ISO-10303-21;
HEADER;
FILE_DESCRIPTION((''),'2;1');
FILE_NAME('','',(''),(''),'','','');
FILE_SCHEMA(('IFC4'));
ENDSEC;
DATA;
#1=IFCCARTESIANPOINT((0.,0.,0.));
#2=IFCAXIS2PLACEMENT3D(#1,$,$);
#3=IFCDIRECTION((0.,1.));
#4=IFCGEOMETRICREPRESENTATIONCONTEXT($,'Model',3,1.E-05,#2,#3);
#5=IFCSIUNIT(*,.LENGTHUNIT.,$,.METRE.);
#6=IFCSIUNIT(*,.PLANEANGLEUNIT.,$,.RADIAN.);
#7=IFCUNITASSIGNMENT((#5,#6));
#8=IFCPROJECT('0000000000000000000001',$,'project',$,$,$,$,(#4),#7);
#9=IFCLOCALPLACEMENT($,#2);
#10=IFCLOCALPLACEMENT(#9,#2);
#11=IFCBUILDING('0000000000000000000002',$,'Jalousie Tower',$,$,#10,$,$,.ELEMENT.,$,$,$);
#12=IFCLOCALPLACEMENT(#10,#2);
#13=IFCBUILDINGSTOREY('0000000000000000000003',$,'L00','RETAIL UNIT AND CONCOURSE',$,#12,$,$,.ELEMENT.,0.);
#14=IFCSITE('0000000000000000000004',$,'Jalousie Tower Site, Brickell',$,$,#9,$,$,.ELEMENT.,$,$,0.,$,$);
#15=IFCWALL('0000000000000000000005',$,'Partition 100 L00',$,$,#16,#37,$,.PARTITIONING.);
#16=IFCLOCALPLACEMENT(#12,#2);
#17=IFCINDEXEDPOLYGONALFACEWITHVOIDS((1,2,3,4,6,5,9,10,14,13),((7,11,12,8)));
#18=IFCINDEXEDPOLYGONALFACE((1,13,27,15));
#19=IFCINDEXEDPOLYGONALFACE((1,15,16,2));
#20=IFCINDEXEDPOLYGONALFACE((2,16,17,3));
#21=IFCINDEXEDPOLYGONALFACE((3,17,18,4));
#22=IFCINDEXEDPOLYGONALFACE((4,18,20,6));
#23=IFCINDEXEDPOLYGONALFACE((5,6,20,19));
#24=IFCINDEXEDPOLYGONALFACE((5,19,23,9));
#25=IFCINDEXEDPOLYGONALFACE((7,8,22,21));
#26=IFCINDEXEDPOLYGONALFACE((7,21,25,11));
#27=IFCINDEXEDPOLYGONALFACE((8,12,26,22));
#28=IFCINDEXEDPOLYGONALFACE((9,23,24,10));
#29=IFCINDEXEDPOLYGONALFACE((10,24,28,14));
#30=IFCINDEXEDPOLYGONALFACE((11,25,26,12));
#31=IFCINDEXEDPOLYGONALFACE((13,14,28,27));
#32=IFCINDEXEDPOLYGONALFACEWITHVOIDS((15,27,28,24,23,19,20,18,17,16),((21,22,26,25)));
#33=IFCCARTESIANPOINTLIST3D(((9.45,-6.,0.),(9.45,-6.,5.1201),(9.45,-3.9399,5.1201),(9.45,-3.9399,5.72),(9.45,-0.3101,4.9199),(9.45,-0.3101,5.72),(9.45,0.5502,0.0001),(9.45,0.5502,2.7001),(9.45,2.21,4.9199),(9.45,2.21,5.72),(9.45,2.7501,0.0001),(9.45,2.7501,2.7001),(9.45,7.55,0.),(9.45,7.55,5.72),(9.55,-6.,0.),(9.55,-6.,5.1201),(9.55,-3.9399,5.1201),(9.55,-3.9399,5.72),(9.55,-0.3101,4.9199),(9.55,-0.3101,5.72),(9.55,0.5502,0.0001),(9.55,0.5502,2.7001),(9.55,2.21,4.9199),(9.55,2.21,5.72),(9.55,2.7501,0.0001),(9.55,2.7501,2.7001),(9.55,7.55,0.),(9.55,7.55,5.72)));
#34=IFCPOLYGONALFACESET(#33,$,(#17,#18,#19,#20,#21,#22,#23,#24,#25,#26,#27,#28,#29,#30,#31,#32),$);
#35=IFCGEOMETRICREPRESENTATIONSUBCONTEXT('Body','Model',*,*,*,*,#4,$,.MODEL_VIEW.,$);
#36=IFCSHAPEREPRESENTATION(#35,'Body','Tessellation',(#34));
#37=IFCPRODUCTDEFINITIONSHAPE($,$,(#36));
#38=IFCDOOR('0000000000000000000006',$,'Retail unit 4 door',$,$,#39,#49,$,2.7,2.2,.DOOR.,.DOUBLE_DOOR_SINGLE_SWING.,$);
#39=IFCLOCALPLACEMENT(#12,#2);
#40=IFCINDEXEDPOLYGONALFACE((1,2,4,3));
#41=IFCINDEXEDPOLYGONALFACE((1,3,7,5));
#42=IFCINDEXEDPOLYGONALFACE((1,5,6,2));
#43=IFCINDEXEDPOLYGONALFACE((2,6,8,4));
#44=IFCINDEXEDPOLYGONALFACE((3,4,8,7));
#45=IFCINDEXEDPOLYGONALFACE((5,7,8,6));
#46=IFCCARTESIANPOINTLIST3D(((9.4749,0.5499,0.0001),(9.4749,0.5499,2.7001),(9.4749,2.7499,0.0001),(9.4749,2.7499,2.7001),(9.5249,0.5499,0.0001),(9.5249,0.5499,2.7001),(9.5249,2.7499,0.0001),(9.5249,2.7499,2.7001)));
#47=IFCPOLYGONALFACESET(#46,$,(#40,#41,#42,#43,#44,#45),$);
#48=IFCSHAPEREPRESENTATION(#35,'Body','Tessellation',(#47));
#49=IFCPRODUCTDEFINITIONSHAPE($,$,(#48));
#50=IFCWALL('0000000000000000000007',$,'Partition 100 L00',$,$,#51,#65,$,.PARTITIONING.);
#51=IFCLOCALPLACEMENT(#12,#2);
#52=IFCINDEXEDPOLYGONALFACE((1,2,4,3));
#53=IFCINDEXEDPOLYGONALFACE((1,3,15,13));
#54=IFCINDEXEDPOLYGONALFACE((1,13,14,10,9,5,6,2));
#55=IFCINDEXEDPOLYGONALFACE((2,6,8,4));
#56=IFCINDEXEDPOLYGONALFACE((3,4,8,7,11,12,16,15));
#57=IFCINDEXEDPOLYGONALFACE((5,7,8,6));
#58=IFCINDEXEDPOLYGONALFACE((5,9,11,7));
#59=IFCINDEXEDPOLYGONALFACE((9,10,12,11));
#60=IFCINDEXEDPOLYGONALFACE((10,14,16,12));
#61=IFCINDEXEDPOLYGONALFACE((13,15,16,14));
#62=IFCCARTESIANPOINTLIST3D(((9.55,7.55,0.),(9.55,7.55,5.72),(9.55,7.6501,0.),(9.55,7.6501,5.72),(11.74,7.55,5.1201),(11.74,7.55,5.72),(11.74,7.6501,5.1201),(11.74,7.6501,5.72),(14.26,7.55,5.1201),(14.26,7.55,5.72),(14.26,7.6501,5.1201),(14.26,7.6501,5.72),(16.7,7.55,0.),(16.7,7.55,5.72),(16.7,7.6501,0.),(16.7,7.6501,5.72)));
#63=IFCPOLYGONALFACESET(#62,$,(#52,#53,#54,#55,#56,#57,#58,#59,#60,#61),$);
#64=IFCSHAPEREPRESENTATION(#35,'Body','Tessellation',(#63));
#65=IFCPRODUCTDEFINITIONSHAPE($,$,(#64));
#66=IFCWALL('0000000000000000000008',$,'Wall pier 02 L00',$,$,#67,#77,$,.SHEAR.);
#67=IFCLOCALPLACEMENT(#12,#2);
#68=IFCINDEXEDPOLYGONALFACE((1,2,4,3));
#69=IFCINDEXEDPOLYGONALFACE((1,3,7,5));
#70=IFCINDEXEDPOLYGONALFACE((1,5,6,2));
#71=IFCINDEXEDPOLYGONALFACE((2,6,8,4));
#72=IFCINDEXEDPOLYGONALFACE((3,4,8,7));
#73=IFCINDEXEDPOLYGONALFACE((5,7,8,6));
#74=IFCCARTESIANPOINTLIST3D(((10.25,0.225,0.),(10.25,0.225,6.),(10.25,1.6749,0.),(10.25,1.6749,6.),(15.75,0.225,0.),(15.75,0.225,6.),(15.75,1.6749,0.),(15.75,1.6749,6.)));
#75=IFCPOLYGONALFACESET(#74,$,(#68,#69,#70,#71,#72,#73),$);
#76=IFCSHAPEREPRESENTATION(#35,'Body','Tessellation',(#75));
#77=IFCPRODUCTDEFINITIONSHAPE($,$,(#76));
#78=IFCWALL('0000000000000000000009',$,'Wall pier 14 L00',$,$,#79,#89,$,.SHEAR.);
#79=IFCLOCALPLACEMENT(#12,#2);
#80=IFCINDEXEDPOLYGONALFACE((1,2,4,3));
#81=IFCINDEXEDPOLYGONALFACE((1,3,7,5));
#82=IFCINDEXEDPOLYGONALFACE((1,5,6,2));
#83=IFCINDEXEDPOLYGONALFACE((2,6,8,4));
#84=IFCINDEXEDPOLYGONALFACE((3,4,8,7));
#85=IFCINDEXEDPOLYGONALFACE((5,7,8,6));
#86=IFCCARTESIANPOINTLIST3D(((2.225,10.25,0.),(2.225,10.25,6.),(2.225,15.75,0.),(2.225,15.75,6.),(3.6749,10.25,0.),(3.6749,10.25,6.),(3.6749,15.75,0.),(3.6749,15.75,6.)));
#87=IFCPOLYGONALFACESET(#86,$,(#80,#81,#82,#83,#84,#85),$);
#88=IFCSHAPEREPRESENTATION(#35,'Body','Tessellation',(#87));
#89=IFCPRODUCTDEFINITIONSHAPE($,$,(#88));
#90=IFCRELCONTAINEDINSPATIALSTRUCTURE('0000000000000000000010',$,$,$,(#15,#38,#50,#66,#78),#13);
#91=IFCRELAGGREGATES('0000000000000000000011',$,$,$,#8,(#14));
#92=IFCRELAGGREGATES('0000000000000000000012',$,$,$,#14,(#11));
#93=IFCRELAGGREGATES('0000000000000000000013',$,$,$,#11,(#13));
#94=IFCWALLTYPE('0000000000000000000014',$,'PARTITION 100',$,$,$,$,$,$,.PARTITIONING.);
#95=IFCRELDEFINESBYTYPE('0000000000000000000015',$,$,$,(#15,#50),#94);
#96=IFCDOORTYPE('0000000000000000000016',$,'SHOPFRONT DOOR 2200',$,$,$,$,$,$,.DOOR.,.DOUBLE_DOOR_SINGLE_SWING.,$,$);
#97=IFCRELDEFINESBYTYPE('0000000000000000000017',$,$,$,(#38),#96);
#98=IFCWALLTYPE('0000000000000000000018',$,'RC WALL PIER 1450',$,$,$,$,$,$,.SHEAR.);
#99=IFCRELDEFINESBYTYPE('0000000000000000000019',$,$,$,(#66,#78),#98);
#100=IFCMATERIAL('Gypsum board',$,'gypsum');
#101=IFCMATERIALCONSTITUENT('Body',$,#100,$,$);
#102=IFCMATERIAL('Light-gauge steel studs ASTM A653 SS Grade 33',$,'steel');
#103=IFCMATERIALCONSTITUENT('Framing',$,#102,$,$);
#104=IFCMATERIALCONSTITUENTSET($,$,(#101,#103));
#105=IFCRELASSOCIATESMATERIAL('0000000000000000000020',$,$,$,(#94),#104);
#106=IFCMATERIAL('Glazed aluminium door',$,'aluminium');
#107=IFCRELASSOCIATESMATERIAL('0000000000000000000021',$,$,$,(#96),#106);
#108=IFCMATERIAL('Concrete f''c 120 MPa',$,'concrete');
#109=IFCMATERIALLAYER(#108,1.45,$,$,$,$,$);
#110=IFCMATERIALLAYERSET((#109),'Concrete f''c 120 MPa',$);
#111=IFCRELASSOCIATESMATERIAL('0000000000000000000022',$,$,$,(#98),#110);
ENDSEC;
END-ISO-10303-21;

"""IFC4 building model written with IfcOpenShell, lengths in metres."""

from ifc_helpers import new_model, si_unit, direction, frame, frame_2d, origin, place, context, subcontext, project, spatial, polyline, rectangle, outline, extrude, material, layer, layer_set, constituent, constituent_set, type_object, element, fill, save


model = new_model("IFC4")

# Units and contexts
model_context = context("Model", 3, precision=1e-05, world=origin(), true_north=direction((0.0, 1.0)))
body_context = subcontext(model_context, "Body", "Model", "MODEL_VIEW")
ifc_project = project(units=[si_unit("LENGTHUNIT", "METRE"), si_unit("PLANEANGLEUNIT", "RADIAN")], contexts=[model_context])

# Site, building, storey
site_placement = place(None, origin())
site = spatial("IfcSite", under=ifc_project, at=site_placement, Name="Jalousie Tower Site, Brickell", CompositionType="ELEMENT", RefElevation=0.0)
building_placement = place(site_placement, origin())
building = spatial("IfcBuilding", under=site, at=building_placement, Name="Jalousie Tower", CompositionType="ELEMENT")
storey_placement = place(building_placement, origin())
storey = spatial("IfcBuildingStorey", under=building, at=storey_placement, Name="L00", Description="RETAIL UNIT AND CONCOURSE", CompositionType="ELEMENT", Elevation=0.0)

# Shared definitions
ifc_material_1 = material(Name="Gypsum board", Category="gypsum")
ifc_constituent_1 = constituent(ifc_material_1, Name="Body")
ifc_material_2 = material(Name="Light-gauge steel studs ASTM A653 SS Grade 33", Category="steel")
ifc_constituent_2 = constituent(ifc_material_2, Name="Framing")
ifc_constituent_set_1 = constituent_set(constituents=[ifc_constituent_1, ifc_constituent_2])
wall_type_1 = type_object("IfcWallType", Name="PARTITION 100", PredefinedType="PARTITIONING", material=ifc_constituent_set_1)
ifc_material_3 = material(Name="Glazed aluminium door", Category="aluminium")
door_type_1 = type_object("IfcDoorType", Name="SHOPFRONT DOOR 2200", OperationType="DOUBLE_DOOR_SINGLE_SWING", PredefinedType="DOOR", material=ifc_material_3)

# Wall, opening, door
wall_1_placement = place(storey_placement, frame((9.5, -6.0, 0.0), z_axis=(0.0, 0.0, 1.0), x_axis=(0.0, 1.0, 0.0)))
wall_1 = element("IfcWall", 1, at=wall_1_placement, inside=storey, type_object=wall_type_1, Name="Partition 100 L00", PredefinedType="PARTITIONING", context=body_context, shape_type="SweptSolid", body=[
    extrude(outline(polyline([(0.0, 0.0), (13.55, 0.0), (13.55, 5.72), (8.21, 5.72), (8.21, 4.9199), (5.6899, 4.9199), (5.6899, 5.72), (2.0601, 5.72), (2.0601, 5.1201), (0.0, 5.1201), (0.0, 5.72), (0.0, 0.0)])), frame((0.0, 0.05, 0.0), z_axis=(0.0, -1.0, 0.0), x_axis=(1.0, 0.0, 0.0)), (0.0, 0.0, 1.0), 0.1001),
])
opening_1_placement = place(wall_1_placement, frame((6.55, 0.0, 0.0)))
opening_1 = element("IfcOpeningElement", 2, at=opening_1_placement, cuts=wall_1, PredefinedType="OPENING", context=body_context, shape_type="SweptSolid", body=[
    extrude(rectangle(XDim=2.2, YDim=2.7, at=frame_2d((1.1001, 1.3501))), frame((0.0, 0.0601, 0.0), z_axis=(0.0, -1.0, 0.0), x_axis=(1.0, 0.0, 0.0)), (0.0, 0.0, 1.0), 0.1201),
])
door_1_placement = place(opening_1_placement, frame((2.2, 0.0, 0.0), z_axis=(0.0, 0.0, 1.0), x_axis=(-1.0, 0.0, 0.0)))
door_1 = element("IfcDoor", 3, at=door_1_placement, inside=storey, type_object=door_type_1, Name="Retail unit 4 door", OperationType="DOUBLE_DOOR_SINGLE_SWING", OverallHeight=2.7, OverallWidth=2.2, PredefinedType="DOOR", context=body_context, shape_type="SweptSolid", body=[
    extrude(rectangle(XDim=2.2, YDim=2.7, at=frame_2d((1.1001, 1.3501))), frame((0.0, 0.0249, 0.0), z_axis=(0.0, -1.0, 0.0), x_axis=(1.0, 0.0, 0.0)), (0.0, 0.0, 1.0), 0.05),
])
fill(opening_1, door_1)

# Walls
wall_2_placement = place(storey_placement, frame((9.55, 7.6001, 0.0), z_axis=(0.0, 0.0, 1.0), x_axis=(1.0, 0.0, 0.0)))
element("IfcWall", 4, at=wall_2_placement, inside=storey, type_object=wall_type_1, Name="Partition 100 L00", PredefinedType="PARTITIONING", context=body_context, shape_type="SweptSolid", body=[
    extrude(outline(polyline([(0.0, 0.0), (7.1499, 0.0), (7.1499, 5.72), (4.71, 5.72), (4.71, 5.1201), (2.1899, 5.1201), (2.1899, 5.72), (0.0, 5.72), (0.0, 0.0)])), frame((0.0, 0.05, 0.0), z_axis=(0.0, -1.0, 0.0), x_axis=(1.0, 0.0, 0.0)), (0.0, 0.0, 1.0), 0.1001),
])
ifc_material_4 = material(Name="Concrete f'c 120 MPa", Category="concrete")
ifc_layer_1 = layer(ifc_material_4, 1.45)
ifc_layer_set_1 = layer_set([ifc_layer_1], Name="Concrete f'c 120 MPa")
wall_type_2 = type_object("IfcWallType", Name="RC WALL PIER 1450", PredefinedType="SHEAR", material=ifc_layer_set_1)
for number, where, z_axis, x_axis, name in (
    (5, (10.25, 0.95, 0.0), (0.0, 0.0, 1.0), (1.0, 0.0, 0.0), "Wall pier 02 L00"),
    (6, (2.95, 10.25, 0.0), (0.0, 0.0, 1.0), (0.0, 1.0, 0.0), "Wall pier 14 L00"),
):
    element("IfcWall", number, at=place(storey_placement, frame(where, z_axis=z_axis, x_axis=x_axis)), inside=storey, type_object=wall_type_2, Name=name, PredefinedType="SHEAR", context=body_context, shape_type="SweptSolid", body=[
        extrude(rectangle(XDim=5.5, YDim=1.45, at=frame_2d((2.75, 0.0))), origin(), (0.0, 0.0, 1.0), 6.0),
    ])

save(model, "model.ifc")
